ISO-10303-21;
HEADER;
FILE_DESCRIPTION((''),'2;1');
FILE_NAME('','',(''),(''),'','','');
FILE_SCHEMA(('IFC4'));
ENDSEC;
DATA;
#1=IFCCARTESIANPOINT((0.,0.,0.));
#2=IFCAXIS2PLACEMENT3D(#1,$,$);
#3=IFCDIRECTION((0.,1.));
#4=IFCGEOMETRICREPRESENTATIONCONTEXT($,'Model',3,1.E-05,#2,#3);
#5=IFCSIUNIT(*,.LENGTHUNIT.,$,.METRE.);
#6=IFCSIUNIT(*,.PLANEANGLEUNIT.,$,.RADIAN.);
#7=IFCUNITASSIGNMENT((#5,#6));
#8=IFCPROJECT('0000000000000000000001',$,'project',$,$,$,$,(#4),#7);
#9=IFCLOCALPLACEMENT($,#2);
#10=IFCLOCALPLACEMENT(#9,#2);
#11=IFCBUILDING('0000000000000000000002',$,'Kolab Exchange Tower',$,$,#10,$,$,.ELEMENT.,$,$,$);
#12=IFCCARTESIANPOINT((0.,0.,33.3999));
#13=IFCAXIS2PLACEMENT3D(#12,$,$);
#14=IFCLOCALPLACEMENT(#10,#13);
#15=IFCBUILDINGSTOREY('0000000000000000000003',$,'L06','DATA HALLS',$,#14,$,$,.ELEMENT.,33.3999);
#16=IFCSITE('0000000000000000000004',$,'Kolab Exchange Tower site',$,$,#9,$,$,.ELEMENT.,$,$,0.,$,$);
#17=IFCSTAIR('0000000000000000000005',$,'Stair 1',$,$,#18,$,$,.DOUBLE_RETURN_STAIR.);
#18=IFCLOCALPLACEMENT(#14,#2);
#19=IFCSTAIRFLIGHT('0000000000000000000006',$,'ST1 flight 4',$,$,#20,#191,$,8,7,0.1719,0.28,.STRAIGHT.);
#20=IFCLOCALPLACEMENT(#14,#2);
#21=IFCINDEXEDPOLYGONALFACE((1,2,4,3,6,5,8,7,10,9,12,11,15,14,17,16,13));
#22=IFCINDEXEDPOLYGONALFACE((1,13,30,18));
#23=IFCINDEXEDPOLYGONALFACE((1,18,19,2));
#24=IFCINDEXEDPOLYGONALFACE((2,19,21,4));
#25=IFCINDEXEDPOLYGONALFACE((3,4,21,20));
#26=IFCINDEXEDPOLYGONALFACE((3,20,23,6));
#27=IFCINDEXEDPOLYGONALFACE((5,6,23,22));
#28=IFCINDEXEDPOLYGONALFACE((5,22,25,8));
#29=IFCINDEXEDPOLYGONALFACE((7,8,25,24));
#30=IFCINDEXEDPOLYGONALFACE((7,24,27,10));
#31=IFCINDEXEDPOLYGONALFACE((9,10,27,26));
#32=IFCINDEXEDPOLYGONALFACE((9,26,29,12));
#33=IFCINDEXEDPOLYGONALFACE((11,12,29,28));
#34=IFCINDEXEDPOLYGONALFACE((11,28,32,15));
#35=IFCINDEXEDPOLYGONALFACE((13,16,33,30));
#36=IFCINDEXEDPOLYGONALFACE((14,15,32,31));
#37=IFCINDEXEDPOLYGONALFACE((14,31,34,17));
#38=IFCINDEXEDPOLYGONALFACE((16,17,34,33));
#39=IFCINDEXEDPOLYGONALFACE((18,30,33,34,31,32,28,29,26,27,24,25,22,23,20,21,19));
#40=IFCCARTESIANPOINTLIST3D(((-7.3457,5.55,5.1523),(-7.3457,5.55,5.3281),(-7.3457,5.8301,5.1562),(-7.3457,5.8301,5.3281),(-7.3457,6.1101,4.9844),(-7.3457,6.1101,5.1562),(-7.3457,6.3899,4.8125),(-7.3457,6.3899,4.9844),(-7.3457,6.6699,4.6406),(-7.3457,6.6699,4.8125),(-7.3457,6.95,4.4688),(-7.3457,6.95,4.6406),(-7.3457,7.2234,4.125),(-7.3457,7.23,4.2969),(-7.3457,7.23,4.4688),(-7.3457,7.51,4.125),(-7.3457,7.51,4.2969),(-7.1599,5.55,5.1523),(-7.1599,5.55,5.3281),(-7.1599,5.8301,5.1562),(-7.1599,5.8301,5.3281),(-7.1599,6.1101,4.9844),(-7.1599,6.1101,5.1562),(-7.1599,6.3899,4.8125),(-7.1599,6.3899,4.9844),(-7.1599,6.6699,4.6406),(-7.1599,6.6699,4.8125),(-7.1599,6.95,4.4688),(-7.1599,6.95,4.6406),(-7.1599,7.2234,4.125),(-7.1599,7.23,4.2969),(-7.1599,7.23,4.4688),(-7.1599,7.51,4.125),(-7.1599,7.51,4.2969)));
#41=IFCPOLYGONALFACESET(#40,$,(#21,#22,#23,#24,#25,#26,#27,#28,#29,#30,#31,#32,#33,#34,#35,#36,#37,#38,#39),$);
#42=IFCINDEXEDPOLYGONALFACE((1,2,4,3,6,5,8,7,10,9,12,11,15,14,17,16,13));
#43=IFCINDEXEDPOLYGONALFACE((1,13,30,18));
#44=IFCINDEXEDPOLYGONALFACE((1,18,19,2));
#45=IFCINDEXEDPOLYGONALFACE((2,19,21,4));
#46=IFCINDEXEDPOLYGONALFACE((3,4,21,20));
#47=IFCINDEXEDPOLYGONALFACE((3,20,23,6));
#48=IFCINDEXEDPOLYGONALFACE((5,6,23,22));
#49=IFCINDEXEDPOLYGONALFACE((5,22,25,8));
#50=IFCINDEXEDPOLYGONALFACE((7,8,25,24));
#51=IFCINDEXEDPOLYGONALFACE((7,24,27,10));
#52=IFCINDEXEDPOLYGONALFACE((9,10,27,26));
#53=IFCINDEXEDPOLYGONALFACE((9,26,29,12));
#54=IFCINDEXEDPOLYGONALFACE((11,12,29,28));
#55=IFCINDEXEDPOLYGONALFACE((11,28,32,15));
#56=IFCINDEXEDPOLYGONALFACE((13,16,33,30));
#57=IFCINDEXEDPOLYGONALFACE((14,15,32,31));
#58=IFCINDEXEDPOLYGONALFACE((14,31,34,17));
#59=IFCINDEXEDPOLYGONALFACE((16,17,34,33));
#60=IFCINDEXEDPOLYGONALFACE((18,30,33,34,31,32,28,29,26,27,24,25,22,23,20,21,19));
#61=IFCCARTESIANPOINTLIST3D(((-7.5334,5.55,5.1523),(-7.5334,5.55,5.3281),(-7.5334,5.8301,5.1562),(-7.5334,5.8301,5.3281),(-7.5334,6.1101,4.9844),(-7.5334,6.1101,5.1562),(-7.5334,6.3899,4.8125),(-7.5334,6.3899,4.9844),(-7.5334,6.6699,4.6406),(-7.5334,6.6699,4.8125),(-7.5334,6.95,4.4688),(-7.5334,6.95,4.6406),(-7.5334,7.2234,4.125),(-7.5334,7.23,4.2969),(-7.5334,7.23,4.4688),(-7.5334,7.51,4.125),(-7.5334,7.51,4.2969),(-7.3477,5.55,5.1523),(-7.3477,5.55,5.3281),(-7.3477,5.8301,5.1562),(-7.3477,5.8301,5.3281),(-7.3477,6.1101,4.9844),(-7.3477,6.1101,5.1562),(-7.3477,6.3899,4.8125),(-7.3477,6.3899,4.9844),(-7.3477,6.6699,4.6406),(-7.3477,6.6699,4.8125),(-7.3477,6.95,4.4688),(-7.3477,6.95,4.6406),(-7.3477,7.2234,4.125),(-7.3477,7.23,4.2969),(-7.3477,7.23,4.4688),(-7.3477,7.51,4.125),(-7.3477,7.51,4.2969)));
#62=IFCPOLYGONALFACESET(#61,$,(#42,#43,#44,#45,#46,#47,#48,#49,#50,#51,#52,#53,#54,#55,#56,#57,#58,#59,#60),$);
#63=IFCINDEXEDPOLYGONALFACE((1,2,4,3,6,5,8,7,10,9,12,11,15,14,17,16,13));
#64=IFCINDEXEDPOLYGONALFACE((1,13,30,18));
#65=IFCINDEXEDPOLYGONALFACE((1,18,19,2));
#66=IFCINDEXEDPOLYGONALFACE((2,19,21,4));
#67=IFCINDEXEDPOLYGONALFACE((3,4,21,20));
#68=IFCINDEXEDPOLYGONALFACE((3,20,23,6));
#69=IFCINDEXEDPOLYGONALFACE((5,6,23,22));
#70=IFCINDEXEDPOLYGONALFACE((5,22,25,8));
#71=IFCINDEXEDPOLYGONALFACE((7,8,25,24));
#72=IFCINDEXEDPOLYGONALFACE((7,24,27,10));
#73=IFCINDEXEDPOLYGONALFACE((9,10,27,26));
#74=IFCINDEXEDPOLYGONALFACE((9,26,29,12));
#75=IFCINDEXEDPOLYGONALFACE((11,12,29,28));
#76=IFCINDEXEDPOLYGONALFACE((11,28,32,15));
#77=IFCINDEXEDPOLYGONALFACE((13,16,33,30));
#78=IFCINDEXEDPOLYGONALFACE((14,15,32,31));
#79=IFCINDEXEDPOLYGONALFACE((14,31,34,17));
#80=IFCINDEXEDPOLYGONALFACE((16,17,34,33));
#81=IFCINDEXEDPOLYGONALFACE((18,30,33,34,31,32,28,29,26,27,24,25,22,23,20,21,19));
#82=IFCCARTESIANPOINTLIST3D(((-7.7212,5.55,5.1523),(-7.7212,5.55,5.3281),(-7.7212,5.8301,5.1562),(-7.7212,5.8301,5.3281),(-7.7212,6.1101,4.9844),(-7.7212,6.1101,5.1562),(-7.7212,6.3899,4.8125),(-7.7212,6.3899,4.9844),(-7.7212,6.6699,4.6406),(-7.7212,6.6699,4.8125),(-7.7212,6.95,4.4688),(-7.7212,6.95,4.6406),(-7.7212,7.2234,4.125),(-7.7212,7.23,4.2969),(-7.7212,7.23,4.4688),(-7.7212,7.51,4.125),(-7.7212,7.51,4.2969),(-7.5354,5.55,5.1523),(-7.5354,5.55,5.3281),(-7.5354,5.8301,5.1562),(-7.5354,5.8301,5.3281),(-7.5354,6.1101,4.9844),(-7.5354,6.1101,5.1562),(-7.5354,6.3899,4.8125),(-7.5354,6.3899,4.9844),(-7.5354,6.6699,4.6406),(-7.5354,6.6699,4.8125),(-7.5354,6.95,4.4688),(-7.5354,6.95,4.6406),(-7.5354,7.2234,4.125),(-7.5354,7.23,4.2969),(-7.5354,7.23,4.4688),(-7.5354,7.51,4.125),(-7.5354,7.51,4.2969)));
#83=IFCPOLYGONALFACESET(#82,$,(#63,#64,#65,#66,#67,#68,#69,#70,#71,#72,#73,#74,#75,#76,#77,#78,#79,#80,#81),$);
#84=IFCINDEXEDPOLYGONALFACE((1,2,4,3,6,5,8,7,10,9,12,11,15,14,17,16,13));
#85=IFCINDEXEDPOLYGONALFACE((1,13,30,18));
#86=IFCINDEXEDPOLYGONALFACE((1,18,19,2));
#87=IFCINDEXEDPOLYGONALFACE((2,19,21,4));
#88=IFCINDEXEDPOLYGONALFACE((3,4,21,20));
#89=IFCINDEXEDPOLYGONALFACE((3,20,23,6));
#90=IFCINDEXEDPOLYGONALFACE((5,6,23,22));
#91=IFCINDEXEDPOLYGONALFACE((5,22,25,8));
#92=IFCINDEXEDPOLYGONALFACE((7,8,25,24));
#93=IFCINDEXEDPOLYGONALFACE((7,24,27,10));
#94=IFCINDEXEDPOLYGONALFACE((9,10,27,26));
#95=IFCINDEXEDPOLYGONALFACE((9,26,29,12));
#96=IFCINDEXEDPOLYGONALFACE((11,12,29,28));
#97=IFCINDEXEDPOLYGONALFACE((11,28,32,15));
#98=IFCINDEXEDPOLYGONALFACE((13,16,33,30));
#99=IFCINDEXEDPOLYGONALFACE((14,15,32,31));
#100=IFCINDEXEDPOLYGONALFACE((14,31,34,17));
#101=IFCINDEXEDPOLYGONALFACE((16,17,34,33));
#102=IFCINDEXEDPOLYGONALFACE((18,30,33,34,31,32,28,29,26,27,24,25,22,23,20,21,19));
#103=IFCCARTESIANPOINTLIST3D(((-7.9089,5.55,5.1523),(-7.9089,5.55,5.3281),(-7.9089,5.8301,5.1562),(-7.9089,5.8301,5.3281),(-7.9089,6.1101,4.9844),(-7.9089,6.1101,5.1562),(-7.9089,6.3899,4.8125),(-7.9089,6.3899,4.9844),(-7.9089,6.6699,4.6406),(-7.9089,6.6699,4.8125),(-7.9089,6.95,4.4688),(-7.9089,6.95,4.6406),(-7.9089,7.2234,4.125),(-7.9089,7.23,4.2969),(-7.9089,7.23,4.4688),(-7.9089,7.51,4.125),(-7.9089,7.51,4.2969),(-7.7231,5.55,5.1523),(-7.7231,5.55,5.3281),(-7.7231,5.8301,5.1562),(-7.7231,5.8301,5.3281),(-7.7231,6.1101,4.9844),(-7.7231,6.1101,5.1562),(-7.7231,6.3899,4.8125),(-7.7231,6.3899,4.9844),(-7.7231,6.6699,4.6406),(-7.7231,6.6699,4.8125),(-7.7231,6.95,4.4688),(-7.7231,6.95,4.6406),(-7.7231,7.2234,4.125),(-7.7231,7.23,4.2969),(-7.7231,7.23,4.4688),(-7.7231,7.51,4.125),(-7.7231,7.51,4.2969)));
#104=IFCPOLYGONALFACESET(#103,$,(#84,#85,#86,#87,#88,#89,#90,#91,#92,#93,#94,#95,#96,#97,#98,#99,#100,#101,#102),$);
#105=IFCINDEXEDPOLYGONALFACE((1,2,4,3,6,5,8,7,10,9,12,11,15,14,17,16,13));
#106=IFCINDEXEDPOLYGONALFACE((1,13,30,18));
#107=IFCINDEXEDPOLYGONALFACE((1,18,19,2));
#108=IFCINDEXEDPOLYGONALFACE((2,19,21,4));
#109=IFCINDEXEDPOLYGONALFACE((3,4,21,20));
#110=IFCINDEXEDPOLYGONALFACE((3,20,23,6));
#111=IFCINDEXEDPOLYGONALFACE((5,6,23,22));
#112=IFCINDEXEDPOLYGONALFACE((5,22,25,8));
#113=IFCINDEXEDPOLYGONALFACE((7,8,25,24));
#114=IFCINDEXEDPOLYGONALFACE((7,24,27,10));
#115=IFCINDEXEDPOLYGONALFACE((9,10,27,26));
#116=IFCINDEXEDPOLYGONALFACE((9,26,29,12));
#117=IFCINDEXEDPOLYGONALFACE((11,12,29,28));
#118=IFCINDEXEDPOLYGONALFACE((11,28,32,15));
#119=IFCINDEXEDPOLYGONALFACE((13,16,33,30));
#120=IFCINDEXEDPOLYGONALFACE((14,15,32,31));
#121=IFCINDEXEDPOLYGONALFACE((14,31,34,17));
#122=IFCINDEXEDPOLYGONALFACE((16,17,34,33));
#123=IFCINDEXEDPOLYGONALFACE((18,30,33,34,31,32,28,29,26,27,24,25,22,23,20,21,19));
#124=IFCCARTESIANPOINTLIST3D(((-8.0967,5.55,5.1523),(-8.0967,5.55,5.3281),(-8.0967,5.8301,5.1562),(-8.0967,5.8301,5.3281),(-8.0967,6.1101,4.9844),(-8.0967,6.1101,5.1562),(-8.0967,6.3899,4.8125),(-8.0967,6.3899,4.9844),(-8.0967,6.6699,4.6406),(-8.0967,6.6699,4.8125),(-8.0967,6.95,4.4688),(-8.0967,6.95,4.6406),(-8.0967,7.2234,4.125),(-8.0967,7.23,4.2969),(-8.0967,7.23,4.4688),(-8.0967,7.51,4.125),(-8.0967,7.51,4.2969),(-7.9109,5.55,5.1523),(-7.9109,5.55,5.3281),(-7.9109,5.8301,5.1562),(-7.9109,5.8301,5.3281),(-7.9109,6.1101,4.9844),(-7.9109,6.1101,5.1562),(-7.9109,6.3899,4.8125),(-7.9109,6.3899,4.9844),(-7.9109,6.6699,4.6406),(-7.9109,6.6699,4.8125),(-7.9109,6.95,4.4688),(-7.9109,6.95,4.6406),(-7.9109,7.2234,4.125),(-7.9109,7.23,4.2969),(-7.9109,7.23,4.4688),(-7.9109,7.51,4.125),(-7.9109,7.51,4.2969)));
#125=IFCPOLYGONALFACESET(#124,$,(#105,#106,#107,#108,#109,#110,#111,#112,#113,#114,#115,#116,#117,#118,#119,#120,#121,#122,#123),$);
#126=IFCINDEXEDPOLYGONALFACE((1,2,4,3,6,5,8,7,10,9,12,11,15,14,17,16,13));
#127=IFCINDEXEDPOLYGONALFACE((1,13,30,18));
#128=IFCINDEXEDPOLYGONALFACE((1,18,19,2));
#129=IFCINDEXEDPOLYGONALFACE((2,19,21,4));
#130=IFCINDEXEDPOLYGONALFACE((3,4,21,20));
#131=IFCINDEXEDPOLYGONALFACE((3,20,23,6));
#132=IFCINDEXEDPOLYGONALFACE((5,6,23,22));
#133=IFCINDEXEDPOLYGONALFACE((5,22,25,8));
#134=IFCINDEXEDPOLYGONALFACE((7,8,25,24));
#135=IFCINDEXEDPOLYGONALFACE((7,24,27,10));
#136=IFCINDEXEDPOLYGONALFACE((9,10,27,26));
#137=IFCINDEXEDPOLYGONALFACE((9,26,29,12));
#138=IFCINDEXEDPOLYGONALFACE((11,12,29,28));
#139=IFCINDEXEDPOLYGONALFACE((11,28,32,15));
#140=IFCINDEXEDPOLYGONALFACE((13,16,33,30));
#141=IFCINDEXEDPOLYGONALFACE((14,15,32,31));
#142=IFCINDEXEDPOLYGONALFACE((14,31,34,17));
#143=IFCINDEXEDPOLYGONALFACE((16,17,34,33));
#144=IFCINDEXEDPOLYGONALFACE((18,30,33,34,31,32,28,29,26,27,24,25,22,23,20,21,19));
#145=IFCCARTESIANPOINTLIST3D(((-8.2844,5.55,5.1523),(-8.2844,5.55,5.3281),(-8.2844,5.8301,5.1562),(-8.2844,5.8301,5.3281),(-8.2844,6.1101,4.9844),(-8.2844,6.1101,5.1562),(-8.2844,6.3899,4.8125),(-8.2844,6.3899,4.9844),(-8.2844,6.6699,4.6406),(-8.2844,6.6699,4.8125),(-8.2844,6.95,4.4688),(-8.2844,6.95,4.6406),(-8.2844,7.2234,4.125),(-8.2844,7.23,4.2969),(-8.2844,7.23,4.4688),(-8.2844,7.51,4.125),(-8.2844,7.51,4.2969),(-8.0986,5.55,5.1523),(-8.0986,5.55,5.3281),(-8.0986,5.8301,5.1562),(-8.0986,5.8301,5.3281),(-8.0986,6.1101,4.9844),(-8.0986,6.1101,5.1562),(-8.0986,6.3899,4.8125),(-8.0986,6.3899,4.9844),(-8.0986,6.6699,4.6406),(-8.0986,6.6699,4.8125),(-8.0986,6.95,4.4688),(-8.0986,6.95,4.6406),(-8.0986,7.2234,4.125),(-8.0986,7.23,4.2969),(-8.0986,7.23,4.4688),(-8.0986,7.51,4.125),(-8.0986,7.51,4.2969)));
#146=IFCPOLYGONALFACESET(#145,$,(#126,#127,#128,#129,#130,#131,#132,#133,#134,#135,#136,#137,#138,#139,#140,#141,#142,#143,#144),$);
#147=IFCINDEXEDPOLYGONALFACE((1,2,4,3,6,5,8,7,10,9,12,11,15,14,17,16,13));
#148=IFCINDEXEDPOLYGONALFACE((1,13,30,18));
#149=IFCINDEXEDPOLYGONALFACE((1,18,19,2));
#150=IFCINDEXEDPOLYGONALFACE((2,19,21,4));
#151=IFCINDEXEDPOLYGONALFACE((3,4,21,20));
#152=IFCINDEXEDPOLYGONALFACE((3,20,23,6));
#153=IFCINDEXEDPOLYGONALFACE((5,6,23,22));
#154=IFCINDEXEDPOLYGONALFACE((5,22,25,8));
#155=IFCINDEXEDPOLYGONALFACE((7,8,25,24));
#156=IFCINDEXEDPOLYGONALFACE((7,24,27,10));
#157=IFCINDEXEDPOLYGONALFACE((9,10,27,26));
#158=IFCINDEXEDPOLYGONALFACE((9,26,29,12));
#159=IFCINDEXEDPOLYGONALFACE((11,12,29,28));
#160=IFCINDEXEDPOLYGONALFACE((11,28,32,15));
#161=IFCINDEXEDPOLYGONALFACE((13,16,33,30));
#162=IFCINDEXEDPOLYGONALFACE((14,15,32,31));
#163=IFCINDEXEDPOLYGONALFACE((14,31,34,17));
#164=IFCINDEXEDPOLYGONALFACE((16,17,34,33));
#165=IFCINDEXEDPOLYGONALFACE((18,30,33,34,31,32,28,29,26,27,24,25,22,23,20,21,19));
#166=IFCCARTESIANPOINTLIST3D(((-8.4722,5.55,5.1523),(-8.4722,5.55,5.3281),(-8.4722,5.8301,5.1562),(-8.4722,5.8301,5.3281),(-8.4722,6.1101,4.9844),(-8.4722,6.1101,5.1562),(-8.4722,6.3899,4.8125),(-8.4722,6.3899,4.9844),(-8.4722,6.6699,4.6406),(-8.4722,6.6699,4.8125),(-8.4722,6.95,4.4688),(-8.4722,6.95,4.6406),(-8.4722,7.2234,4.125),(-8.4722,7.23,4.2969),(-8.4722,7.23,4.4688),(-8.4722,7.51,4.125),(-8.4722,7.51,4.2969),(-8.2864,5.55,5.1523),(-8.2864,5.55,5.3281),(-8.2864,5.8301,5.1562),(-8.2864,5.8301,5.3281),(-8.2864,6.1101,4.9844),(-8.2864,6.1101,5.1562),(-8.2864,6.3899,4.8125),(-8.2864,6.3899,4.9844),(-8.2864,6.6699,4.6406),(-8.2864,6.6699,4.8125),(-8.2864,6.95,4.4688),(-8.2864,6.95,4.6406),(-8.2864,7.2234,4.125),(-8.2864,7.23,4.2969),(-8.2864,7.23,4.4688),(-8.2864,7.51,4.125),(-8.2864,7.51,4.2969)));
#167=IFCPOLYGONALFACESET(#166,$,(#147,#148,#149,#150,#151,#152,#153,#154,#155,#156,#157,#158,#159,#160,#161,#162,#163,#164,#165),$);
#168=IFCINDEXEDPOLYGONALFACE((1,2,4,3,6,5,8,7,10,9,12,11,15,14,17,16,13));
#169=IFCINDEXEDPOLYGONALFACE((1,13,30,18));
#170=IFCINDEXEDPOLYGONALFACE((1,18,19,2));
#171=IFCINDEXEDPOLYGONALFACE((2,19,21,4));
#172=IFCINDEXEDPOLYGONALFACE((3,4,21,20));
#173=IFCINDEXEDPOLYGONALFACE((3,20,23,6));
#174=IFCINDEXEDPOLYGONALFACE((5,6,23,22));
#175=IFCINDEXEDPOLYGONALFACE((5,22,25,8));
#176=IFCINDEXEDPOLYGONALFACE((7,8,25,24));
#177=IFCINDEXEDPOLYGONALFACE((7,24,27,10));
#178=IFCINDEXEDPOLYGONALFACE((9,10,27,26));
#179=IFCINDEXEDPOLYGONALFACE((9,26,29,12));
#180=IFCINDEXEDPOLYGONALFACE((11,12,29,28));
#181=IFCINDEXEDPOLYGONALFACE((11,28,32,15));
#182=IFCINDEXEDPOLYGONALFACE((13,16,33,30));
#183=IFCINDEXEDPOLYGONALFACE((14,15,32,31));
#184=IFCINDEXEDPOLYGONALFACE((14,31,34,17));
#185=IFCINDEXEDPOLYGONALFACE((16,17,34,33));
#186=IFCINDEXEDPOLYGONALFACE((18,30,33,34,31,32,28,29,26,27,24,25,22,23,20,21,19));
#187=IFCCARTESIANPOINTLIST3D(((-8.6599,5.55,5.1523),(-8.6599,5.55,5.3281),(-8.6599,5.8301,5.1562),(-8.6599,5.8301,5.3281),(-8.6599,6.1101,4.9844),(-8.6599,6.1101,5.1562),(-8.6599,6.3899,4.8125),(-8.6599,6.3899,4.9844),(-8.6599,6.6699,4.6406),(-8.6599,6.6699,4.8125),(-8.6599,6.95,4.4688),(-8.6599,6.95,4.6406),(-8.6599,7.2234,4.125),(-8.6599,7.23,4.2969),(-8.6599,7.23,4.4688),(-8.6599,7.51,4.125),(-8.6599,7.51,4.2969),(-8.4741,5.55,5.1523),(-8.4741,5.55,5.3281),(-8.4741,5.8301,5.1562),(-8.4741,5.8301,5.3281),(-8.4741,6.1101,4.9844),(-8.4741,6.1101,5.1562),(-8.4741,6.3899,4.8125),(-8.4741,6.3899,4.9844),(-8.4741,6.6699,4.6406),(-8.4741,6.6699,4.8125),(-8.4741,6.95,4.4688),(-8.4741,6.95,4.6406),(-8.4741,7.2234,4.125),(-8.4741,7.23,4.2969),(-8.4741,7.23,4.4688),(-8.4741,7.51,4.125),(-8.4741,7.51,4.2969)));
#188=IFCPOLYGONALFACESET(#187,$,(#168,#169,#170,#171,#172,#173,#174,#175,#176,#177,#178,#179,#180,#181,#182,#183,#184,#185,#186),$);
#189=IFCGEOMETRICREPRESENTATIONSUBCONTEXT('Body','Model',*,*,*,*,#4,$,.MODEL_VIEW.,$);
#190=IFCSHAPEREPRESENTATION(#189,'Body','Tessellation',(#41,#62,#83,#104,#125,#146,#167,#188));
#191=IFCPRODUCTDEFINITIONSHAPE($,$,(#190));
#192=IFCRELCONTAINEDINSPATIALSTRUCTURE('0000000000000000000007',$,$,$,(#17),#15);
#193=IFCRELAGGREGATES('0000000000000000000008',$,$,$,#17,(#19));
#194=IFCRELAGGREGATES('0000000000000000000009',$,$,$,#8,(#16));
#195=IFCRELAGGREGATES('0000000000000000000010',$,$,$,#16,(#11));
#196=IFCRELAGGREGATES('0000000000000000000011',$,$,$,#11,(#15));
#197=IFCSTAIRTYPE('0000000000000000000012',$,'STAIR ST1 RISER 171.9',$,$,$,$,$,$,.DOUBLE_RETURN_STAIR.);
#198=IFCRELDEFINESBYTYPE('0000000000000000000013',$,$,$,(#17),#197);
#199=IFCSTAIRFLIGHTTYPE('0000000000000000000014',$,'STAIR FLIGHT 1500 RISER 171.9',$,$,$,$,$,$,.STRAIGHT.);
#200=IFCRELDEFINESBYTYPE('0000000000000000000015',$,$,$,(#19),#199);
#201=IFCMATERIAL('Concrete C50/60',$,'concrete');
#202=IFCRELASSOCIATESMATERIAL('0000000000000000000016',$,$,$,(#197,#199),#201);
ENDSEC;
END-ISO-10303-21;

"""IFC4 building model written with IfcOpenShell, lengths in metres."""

from ifc_helpers import new_model, si_unit, direction, frame, origin, place, context, subcontext, project, spatial, polyline, outline, extrude, material, type_object, element, aggregate, save


model = new_model("IFC4")

# Units and contexts
model_context = context("Model", 3, precision=1e-05, world=origin(), true_north=direction((0.0, 1.0)))
body_context = subcontext(model_context, "Body", "Model", "MODEL_VIEW")
ifc_project = project(units=[si_unit("LENGTHUNIT", "METRE"), si_unit("PLANEANGLEUNIT", "RADIAN")], contexts=[model_context])

# Site, building, storey
site_placement = place(None, origin())
site = spatial("IfcSite", under=ifc_project, at=site_placement, Name="Kolab Exchange Tower site", CompositionType="ELEMENT", RefElevation=0.0)
building_placement = place(site_placement, origin())
building = spatial("IfcBuilding", under=site, at=building_placement, Name="Kolab Exchange Tower", CompositionType="ELEMENT")
storey_placement = place(building_placement, frame((0.0, 0.0, 33.3999)))
storey = spatial("IfcBuildingStorey", under=building, at=storey_placement, Name="L06", Description="DATA HALLS", CompositionType="ELEMENT", Elevation=33.3999)

# Shared definitions
ifc_material_1 = material(Name="Concrete C50/60", Category="concrete")

# Stair, stair flight
stair_type = type_object("IfcStairType", Name="STAIR ST1 RISER 171.9", PredefinedType="DOUBLE_RETURN_STAIR", material=ifc_material_1)
stair_placement = place(storey_placement, origin())
stair = element("IfcStair", 1, at=stair_placement, inside=storey, type_object=stair_type, Name="Stair 1", PredefinedType="DOUBLE_RETURN_STAIR")
stair_flight_type = type_object("IfcStairFlightType", Name="STAIR FLIGHT 1500 RISER 171.9", PredefinedType="STRAIGHT", material=ifc_material_1)
stair_flight_1_placement = place(storey_placement, frame((-7.9099, 7.51, 4.125), z_axis=(0.0, 0.0, 1.0), x_axis=(0.0, -1.0, 0.0)))
stair_flight_1 = element("IfcStairFlight", 2, at=stair_flight_1_placement, type_object=stair_flight_type, Name="ST1 flight 4", NumberOfRisers=8, NumberOfTreads=7, PredefinedType="STRAIGHT", RiserHeight=0.1719, TreadLength=0.28, context=body_context, shape_type="SweptSolid", body=[
    extrude(outline(polyline([(0.0, 0.0), (0.0, 0.1719), (0.28, 0.1719), (0.28, 0.3438), (0.5601, 0.3438), (0.5601, 0.5156), (0.8401, 0.5156), (0.8401, 0.6875), (1.1201, 0.6875), (1.1201, 0.8594), (1.3999, 0.8594), (1.3999, 1.0312), (1.6799, 1.0312), (1.6799, 1.2031), (1.96, 1.2031), (1.96, 1.375), (1.96, 1.0273), (0.2866, 0.0), (0.0, 0.0)])), frame((0.0, 0.75, 0.0), z_axis=(0.0, -1.0, 0.0), x_axis=(1.0, 0.0, 0.0)), (0.0, 0.0, 1.0), 0.1858),
    extrude(outline(polyline([(0.0, 0.0), (0.0, 0.1719), (0.28, 0.1719), (0.28, 0.3438), (0.5601, 0.3438), (0.5601, 0.5156), (0.8401, 0.5156), (0.8401, 0.6875), (1.1201, 0.6875), (1.1201, 0.8594), (1.3999, 0.8594), (1.3999, 1.0312), (1.6799, 1.0312), (1.6799, 1.2031), (1.96, 1.2031), (1.96, 1.375), (1.96, 1.0273), (0.2866, 0.0), (0.0, 0.0)])), frame((0.0, 0.5623, 0.0), z_axis=(0.0, -1.0, 0.0), x_axis=(1.0, 0.0, 0.0)), (0.0, 0.0, 1.0), 0.1858),
    extrude(outline(polyline([(0.0, 0.0), (0.0, 0.1719), (0.28, 0.1719), (0.28, 0.3438), (0.5601, 0.3438), (0.5601, 0.5156), (0.8401, 0.5156), (0.8401, 0.6875), (1.1201, 0.6875), (1.1201, 0.8594), (1.3999, 0.8594), (1.3999, 1.0312), (1.6799, 1.0312), (1.6799, 1.2031), (1.96, 1.2031), (1.96, 1.375), (1.96, 1.0273), (0.2866, 0.0), (0.0, 0.0)])), frame((0.0, 0.3745, 0.0), z_axis=(0.0, -1.0, 0.0), x_axis=(1.0, 0.0, 0.0)), (0.0, 0.0, 1.0), 0.1858),
    extrude(outline(polyline([(0.0, 0.0), (0.0, 0.1719), (0.28, 0.1719), (0.28, 0.3438), (0.5601, 0.3438), (0.5601, 0.5156), (0.8401, 0.5156), (0.8401, 0.6875), (1.1201, 0.6875), (1.1201, 0.8594), (1.3999, 0.8594), (1.3999, 1.0312), (1.6799, 1.0312), (1.6799, 1.2031), (1.96, 1.2031), (1.96, 1.375), (1.96, 1.0273), (0.2866, 0.0), (0.0, 0.0)])), frame((0.0, 0.1868, 0.0), z_axis=(0.0, -1.0, 0.0), x_axis=(1.0, 0.0, 0.0)), (0.0, 0.0, 1.0), 0.1858),
    extrude(outline(polyline([(0.0, 0.0), (0.0, 0.1719), (0.28, 0.1719), (0.28, 0.3438), (0.5601, 0.3438), (0.5601, 0.5156), (0.8401, 0.5156), (0.8401, 0.6875), (1.1201, 0.6875), (1.1201, 0.8594), (1.3999, 0.8594), (1.3999, 1.0312), (1.6799, 1.0312), (1.6799, 1.2031), (1.96, 1.2031), (1.96, 1.375), (1.96, 1.0273), (0.2866, 0.0), (0.0, 0.0)])), frame((0.0, -0.001, 0.0), z_axis=(0.0, -1.0, 0.0), x_axis=(1.0, 0.0, 0.0)), (0.0, 0.0, 1.0), 0.1858),
    extrude(outline(polyline([(0.0, 0.0), (0.0, 0.1719), (0.28, 0.1719), (0.28, 0.3438), (0.5601, 0.3438), (0.5601, 0.5156), (0.8401, 0.5156), (0.8401, 0.6875), (1.1201, 0.6875), (1.1201, 0.8594), (1.3999, 0.8594), (1.3999, 1.0312), (1.6799, 1.0312), (1.6799, 1.2031), (1.96, 1.2031), (1.96, 1.375), (1.96, 1.0273), (0.2866, 0.0), (0.0, 0.0)])), frame((0.0, -0.1887, 0.0), z_axis=(0.0, -1.0, 0.0), x_axis=(1.0, 0.0, 0.0)), (0.0, 0.0, 1.0), 0.1858),
    extrude(outline(polyline([(0.0, 0.0), (0.0, 0.1719), (0.28, 0.1719), (0.28, 0.3438), (0.5601, 0.3438), (0.5601, 0.5156), (0.8401, 0.5156), (0.8401, 0.6875), (1.1201, 0.6875), (1.1201, 0.8594), (1.3999, 0.8594), (1.3999, 1.0312), (1.6799, 1.0312), (1.6799, 1.2031), (1.96, 1.2031), (1.96, 1.375), (1.96, 1.0273), (0.2866, 0.0), (0.0, 0.0)])), frame((0.0, -0.3765, 0.0), z_axis=(0.0, -1.0, 0.0), x_axis=(1.0, 0.0, 0.0)), (0.0, 0.0, 1.0), 0.1858),
    extrude(outline(polyline([(0.0, 0.0), (0.0, 0.1719), (0.28, 0.1719), (0.28, 0.3438), (0.5601, 0.3438), (0.5601, 0.5156), (0.8401, 0.5156), (0.8401, 0.6875), (1.1201, 0.6875), (1.1201, 0.8594), (1.3999, 0.8594), (1.3999, 1.0312), (1.6799, 1.0312), (1.6799, 1.2031), (1.96, 1.2031), (1.96, 1.375), (1.96, 1.0273), (0.2866, 0.0), (0.0, 0.0)])), frame((0.0, -0.5642, 0.0), z_axis=(0.0, -1.0, 0.0), x_axis=(1.0, 0.0, 0.0)), (0.0, 0.0, 1.0), 0.1858),
])
aggregate(stair, [stair_flight_1])

save(model, "model.ifc")
